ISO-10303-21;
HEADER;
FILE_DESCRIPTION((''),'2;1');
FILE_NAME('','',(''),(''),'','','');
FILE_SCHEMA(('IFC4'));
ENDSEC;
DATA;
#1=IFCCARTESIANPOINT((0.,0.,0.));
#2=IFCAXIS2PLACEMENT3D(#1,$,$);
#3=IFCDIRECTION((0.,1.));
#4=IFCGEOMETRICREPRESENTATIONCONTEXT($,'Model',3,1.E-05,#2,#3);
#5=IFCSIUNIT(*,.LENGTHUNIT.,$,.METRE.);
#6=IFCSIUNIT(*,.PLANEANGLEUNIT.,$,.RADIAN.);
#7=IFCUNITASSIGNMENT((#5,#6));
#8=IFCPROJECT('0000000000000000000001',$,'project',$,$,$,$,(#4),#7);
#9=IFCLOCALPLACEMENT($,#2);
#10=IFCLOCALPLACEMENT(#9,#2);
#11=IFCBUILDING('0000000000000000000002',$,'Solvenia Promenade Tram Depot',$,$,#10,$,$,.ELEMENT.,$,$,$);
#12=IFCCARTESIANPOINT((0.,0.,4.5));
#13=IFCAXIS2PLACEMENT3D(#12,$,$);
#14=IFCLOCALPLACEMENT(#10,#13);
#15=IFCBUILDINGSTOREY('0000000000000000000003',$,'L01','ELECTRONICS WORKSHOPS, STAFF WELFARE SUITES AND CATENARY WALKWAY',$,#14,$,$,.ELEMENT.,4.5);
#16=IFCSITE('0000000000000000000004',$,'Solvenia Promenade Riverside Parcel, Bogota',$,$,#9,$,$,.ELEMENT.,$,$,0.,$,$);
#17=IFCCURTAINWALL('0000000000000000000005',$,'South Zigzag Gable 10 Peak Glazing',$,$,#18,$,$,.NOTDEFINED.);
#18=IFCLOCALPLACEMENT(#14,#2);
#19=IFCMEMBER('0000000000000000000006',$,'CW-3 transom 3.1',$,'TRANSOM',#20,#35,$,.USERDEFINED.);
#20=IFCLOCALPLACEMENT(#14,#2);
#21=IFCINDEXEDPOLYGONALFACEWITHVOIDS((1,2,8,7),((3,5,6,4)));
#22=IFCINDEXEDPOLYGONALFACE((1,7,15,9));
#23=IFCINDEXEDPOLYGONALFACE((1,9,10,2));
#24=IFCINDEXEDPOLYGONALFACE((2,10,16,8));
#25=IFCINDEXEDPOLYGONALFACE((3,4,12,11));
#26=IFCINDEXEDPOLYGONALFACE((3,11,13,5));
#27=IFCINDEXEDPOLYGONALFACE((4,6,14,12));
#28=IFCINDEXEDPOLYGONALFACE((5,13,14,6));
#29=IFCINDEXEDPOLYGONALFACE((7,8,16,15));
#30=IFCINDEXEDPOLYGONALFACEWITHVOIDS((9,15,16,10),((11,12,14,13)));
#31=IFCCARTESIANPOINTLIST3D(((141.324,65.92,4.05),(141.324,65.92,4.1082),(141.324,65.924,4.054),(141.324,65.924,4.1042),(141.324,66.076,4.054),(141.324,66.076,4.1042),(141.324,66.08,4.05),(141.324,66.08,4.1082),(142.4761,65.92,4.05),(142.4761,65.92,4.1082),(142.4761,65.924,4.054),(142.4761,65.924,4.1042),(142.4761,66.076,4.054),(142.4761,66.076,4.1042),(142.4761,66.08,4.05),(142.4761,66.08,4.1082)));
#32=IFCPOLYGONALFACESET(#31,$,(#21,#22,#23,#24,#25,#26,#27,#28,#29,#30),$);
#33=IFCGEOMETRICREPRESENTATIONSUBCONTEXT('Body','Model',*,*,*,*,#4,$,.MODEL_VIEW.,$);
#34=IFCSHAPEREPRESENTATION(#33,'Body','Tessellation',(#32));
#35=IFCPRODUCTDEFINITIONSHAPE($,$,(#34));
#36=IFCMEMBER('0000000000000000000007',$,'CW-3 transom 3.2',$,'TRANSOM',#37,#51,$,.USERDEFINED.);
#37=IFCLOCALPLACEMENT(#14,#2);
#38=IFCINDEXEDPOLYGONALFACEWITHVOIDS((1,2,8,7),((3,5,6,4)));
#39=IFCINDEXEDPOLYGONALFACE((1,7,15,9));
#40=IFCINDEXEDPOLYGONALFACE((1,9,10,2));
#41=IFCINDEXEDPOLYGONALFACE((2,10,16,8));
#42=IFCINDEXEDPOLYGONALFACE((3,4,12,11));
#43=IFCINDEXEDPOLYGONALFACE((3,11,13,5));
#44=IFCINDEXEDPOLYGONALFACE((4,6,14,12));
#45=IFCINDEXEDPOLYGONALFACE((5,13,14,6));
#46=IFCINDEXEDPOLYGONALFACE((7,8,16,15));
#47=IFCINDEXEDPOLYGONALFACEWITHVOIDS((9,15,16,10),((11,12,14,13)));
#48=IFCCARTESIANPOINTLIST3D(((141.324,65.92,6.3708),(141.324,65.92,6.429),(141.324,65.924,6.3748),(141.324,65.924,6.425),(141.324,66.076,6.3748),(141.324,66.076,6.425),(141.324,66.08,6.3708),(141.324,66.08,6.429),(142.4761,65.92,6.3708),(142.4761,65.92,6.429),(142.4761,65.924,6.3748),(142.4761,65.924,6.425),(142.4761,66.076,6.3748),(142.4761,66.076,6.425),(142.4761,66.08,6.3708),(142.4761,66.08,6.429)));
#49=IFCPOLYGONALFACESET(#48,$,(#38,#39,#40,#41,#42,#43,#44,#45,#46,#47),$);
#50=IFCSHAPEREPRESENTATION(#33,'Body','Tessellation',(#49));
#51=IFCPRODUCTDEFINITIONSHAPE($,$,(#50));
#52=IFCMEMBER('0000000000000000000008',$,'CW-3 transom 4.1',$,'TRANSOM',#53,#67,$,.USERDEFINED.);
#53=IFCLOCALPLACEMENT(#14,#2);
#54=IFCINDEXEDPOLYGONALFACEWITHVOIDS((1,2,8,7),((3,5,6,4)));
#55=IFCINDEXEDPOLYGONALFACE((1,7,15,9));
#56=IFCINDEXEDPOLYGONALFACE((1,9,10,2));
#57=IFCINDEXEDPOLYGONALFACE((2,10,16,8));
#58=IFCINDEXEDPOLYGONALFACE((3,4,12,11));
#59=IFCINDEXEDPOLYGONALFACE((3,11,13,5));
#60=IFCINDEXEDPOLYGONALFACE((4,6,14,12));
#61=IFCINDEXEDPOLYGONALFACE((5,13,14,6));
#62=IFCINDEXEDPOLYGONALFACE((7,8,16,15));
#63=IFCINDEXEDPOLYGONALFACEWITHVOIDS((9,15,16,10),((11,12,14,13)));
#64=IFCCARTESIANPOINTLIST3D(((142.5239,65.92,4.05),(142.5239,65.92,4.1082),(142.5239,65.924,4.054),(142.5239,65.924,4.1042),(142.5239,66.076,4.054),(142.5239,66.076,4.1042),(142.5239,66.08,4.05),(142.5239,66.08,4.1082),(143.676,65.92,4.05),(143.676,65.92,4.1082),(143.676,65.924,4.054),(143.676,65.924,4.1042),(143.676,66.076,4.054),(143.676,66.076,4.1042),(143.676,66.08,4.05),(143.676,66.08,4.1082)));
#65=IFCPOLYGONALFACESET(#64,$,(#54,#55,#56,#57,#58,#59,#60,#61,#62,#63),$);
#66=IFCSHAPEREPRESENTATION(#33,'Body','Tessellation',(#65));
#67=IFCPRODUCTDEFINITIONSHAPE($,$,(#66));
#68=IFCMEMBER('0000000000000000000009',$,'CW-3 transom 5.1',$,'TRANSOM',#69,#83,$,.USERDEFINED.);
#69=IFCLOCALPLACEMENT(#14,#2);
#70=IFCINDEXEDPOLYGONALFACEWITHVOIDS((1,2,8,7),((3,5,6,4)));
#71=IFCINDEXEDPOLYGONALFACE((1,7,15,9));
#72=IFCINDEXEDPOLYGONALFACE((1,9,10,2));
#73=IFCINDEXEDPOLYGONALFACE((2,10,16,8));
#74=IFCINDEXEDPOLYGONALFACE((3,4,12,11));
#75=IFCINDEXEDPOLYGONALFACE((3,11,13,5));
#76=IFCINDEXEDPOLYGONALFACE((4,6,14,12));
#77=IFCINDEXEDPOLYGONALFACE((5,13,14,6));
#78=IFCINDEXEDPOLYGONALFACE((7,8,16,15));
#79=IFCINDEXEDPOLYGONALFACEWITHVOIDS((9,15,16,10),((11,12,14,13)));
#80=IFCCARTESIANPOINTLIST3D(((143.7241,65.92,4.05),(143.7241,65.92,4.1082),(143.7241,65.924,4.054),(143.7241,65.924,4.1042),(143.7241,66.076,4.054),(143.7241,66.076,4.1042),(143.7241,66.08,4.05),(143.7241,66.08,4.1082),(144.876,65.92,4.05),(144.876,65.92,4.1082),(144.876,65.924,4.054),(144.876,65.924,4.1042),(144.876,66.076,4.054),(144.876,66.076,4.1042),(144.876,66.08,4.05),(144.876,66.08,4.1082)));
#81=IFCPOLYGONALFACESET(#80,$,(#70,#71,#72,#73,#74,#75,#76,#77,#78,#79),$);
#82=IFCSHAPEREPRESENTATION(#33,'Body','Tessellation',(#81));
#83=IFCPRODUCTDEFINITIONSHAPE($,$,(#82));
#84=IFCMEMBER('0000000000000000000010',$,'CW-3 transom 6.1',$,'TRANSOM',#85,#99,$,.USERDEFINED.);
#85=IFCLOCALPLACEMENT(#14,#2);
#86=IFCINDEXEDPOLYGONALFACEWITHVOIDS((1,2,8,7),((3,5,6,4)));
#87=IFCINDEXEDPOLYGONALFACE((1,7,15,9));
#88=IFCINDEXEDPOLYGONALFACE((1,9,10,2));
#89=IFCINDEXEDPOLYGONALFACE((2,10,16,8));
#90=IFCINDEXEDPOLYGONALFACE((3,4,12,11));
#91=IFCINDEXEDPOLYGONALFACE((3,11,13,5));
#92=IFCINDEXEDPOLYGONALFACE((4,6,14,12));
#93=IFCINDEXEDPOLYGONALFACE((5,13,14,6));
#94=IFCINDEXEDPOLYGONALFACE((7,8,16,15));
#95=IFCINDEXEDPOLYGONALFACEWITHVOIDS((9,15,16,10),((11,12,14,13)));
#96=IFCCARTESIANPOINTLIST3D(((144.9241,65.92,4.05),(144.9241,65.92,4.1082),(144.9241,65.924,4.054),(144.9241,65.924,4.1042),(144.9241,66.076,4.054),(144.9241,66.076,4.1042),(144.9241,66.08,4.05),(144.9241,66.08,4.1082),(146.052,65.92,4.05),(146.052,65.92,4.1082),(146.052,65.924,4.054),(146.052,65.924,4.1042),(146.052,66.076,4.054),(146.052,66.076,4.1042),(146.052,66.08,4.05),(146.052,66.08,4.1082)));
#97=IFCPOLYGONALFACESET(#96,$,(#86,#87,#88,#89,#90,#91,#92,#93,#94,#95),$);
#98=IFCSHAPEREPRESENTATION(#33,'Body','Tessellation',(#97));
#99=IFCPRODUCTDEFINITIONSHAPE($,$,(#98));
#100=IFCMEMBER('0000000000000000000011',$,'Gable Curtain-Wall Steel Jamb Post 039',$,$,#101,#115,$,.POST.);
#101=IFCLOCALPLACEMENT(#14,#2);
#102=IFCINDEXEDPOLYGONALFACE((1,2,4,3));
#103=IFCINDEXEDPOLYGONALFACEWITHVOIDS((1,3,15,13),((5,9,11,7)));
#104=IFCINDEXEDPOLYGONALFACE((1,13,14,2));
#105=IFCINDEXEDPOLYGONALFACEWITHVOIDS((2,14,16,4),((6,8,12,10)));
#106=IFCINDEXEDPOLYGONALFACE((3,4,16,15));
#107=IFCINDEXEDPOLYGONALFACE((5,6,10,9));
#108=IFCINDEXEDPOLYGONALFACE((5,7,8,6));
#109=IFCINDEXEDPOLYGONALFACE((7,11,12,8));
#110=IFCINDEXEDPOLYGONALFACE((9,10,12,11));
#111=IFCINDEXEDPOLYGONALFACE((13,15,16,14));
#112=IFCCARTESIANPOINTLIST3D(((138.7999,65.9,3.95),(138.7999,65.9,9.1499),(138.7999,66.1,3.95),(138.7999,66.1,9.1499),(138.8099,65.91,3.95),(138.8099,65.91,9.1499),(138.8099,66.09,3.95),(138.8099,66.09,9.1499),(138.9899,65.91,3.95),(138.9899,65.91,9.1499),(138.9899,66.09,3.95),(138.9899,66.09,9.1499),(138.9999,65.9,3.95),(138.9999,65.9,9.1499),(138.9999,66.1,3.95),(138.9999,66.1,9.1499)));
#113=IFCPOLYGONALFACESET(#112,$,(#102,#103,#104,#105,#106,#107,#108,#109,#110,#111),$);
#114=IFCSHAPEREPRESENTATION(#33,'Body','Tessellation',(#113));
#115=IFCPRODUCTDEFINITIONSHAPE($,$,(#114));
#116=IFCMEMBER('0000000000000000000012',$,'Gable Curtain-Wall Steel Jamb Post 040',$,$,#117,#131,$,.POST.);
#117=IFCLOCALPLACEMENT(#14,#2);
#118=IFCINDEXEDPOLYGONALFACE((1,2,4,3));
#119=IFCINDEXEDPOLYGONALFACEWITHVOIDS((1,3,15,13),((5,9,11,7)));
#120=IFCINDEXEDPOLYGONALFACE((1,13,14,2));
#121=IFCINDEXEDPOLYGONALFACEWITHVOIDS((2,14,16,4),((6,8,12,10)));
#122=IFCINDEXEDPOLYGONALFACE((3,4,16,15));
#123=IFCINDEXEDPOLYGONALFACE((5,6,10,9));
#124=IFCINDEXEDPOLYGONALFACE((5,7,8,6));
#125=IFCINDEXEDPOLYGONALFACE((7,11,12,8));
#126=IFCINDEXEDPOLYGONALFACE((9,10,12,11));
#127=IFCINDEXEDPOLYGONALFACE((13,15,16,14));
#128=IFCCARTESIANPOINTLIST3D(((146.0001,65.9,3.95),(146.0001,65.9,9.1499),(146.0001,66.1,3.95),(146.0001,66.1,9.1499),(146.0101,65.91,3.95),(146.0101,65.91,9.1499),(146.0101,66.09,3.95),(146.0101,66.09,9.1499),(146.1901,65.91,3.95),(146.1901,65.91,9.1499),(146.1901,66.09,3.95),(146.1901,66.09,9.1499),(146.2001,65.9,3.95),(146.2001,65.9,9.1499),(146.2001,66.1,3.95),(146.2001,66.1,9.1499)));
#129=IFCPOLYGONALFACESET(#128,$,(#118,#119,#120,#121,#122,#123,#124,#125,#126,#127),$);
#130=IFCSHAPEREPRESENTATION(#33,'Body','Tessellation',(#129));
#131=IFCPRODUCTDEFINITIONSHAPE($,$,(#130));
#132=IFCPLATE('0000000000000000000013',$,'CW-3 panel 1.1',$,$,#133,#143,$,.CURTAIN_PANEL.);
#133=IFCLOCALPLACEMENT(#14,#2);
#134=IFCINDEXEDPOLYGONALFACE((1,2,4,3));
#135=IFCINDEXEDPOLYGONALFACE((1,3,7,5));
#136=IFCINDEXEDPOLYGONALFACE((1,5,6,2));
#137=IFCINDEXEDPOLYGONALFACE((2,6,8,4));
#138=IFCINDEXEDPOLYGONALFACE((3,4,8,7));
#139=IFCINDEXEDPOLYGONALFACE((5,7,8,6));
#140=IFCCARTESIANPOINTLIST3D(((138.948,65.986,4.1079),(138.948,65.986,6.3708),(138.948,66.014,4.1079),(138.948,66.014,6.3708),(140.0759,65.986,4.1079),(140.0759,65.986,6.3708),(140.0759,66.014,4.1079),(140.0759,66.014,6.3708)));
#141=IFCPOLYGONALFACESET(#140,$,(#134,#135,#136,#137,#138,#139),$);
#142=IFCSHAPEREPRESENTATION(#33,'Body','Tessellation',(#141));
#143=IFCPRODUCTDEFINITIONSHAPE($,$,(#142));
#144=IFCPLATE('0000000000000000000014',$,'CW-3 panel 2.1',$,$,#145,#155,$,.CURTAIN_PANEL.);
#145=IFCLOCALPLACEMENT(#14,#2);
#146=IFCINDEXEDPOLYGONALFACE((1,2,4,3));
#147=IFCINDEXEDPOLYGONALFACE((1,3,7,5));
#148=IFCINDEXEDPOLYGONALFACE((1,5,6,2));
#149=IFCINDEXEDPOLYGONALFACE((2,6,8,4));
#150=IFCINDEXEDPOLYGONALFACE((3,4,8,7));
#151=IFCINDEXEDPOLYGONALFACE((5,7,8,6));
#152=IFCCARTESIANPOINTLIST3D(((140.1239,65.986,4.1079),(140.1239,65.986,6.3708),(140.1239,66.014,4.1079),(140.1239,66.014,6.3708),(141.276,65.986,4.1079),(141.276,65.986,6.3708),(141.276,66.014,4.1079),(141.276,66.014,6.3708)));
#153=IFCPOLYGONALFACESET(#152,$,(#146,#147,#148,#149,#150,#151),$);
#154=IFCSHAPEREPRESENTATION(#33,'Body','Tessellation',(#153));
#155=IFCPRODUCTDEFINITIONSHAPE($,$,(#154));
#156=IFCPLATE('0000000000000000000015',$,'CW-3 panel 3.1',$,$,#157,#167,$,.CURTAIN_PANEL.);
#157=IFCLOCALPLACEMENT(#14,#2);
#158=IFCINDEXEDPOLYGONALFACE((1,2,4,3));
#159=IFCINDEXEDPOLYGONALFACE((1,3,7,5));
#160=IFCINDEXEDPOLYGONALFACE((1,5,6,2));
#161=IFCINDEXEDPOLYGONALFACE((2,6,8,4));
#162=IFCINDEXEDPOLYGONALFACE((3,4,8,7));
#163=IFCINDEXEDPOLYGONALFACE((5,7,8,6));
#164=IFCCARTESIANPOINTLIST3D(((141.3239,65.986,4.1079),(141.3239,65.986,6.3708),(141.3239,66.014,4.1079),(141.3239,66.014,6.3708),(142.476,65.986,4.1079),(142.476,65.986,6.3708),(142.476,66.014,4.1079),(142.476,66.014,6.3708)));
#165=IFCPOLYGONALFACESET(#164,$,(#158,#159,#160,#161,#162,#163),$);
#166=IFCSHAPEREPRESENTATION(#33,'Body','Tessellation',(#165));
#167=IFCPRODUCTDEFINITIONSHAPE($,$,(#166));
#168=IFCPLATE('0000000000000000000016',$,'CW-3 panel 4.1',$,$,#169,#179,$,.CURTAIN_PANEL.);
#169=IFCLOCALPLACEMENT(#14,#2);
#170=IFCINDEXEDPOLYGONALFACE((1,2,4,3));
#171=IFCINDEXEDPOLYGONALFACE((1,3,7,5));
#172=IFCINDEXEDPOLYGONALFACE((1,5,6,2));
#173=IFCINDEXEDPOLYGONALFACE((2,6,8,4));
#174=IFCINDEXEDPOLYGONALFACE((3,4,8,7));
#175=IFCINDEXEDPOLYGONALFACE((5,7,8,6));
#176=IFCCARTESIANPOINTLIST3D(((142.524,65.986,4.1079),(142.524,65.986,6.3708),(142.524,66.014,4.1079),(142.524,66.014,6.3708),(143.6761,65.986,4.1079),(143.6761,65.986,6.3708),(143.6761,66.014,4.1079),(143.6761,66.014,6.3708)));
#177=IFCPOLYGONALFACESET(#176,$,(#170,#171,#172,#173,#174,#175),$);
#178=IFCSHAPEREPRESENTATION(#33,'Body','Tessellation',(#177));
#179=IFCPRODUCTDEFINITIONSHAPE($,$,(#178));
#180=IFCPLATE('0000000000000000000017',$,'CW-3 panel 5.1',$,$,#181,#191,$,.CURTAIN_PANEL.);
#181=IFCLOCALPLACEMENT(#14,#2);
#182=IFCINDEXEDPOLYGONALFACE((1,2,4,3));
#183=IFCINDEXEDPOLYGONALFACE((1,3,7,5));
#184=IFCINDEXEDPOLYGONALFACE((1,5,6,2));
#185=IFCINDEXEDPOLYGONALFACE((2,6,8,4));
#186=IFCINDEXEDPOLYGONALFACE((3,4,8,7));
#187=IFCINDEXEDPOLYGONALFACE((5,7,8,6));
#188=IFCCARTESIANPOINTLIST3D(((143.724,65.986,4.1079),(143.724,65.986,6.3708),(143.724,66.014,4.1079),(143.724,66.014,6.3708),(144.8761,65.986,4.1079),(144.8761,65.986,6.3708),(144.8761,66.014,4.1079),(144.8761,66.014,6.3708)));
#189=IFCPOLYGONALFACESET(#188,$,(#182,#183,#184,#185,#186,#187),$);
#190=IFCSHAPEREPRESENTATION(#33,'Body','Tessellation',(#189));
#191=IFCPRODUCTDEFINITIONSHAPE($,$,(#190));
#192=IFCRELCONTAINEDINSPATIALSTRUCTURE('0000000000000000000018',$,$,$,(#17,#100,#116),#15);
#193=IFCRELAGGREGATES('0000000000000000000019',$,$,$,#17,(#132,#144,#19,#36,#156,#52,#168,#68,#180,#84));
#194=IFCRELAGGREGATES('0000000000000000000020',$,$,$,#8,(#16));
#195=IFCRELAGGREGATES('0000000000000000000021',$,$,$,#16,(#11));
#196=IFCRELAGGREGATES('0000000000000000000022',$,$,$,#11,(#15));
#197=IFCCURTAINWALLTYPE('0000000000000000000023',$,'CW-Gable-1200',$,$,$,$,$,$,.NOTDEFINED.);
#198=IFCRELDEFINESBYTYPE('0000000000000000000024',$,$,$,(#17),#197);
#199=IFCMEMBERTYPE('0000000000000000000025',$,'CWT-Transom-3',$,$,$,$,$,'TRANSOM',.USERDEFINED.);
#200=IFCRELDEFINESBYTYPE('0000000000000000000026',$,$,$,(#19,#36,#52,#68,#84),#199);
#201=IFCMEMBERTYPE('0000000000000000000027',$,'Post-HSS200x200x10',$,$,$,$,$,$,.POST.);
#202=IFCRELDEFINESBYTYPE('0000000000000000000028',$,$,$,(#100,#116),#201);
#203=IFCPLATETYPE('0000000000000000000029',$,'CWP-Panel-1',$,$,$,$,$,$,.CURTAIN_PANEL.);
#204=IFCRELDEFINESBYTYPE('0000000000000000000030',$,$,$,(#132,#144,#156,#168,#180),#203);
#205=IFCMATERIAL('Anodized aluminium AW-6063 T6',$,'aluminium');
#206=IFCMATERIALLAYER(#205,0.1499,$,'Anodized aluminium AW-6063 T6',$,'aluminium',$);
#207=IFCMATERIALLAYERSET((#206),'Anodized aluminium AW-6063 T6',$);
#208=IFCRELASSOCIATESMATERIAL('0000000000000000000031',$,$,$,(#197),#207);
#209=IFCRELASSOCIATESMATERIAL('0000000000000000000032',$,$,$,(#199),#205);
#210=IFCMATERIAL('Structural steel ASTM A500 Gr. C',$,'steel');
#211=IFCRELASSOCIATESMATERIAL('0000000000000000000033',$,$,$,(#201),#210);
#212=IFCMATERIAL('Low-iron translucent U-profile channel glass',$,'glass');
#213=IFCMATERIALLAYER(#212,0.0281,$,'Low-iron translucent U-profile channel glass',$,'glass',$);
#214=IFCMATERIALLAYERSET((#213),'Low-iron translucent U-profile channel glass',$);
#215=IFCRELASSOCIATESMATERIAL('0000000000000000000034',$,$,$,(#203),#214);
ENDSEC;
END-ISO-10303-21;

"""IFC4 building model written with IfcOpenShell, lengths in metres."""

from ifc_helpers import new_model, si_unit, direction, frame, origin, origin_2d, place, context, subcontext, project, spatial, rectangle, hollow_rectangle, extrude, material, layer, layer_set, material_profile, profile_set, type_object, element, aggregate, save


model = new_model("IFC4")

# Units and contexts
model_context = context("Model", 3, precision=1e-05, world=origin(), true_north=direction((0.0, 1.0)))
body_context = subcontext(model_context, "Body", "Model", "MODEL_VIEW")
ifc_project = project(units=[si_unit("LENGTHUNIT", "METRE"), si_unit("PLANEANGLEUNIT", "RADIAN")], contexts=[model_context])

# Site, building, storey
site_placement = place(None, origin())
site = spatial("IfcSite", under=ifc_project, at=site_placement, Name="Solvenia Promenade Riverside Parcel, Bogota", CompositionType="ELEMENT", RefElevation=0.0)
building_placement = place(site_placement, origin())
building = spatial("IfcBuilding", under=site, at=building_placement, Name="Solvenia Promenade Tram Depot", CompositionType="ELEMENT")
storey_placement = place(building_placement, frame((0.0, 0.0, 4.5)))
storey = spatial("IfcBuildingStorey", under=building, at=storey_placement, Name="L01", Description="ELECTRONICS WORKSHOPS, STAFF WELFARE SUITES AND CATENARY WALKWAY", CompositionType="ELEMENT", Elevation=4.5)

# Curtain wall, members
ifc_material_1 = material(Name="Anodized aluminium AW-6063 T6", Category="aluminium")
ifc_layer_1 = layer(ifc_material_1, 0.1499, Name="Anodized aluminium AW-6063 T6", Category="aluminium")
ifc_layer_set_1 = layer_set([ifc_layer_1], Name="Anodized aluminium AW-6063 T6")
curtain_wall_type = type_object("IfcCurtainWallType", Name="CW-Gable-1200", PredefinedType="NOTDEFINED", material=ifc_layer_set_1)
curtain_wall_placement = place(storey_placement, origin())
curtain_wall = element("IfcCurtainWall", 1, at=curtain_wall_placement, inside=storey, type_object=curtain_wall_type, Name="South Zigzag Gable 10 Peak Glazing", PredefinedType="NOTDEFINED")
ifc_material_profile_1 = material_profile(ifc_material_1, hollow_rectangle(XDim=0.1599, YDim=0.0581, WallThickness=0.0039, at=origin_2d()), Name="ALU-T3", Category="aluminium")
ifc_profile_set_1 = profile_set([ifc_material_profile_1], Name="Anodized aluminium AW-6063 T6")
member_type_1 = type_object("IfcMemberType", Name="CWT-Transom-3", ElementType="TRANSOM", PredefinedType="USERDEFINED", material=ifc_profile_set_1)
member_1_placement = place(storey_placement, frame((141.324, 66.0, 4.0791), z_axis=(1.0, 0.0, 0.0), x_axis=(0.0, 1.0, 0.0)))
member_1 = element("IfcMember", 2, at=member_1_placement, type_object=member_type_1, Name="CW-3 transom 3.1", ObjectType="TRANSOM", PredefinedType="USERDEFINED", context=body_context, shape_type="SweptSolid", body=[
    extrude(hollow_rectangle(XDim=0.1599, YDim=0.0581, WallThickness=0.0039, at=origin_2d()), origin(), (0.0, 0.0, 1.0), 1.1521),
])
member_2_placement = place(storey_placement, frame((141.324, 66.0, 6.3999), z_axis=(1.0, 0.0, 0.0), x_axis=(0.0, 1.0, 0.0)))
member_2 = element("IfcMember", 3, at=member_2_placement, type_object=member_type_1, Name="CW-3 transom 3.2", ObjectType="TRANSOM", PredefinedType="USERDEFINED", context=body_context, shape_type="SweptSolid", body=[
    extrude(hollow_rectangle(XDim=0.1599, YDim=0.0581, WallThickness=0.0039, at=origin_2d()), origin(), (0.0, 0.0, 1.0), 1.1521),
])
member_3_placement = place(storey_placement, frame((142.5239, 66.0, 4.0791), z_axis=(1.0, 0.0, 0.0), x_axis=(0.0, 1.0, 0.0)))
member_3 = element("IfcMember", 4, at=member_3_placement, type_object=member_type_1, Name="CW-3 transom 4.1", ObjectType="TRANSOM", PredefinedType="USERDEFINED", context=body_context, shape_type="SweptSolid", body=[
    extrude(hollow_rectangle(XDim=0.1599, YDim=0.0581, WallThickness=0.0039, at=origin_2d()), origin(), (0.0, 0.0, 1.0), 1.1521),
])
member_4_placement = place(storey_placement, frame((143.7241, 66.0, 4.0791), z_axis=(1.0, 0.0, 0.0), x_axis=(0.0, 1.0, 0.0)))
member_4 = element("IfcMember", 5, at=member_4_placement, type_object=member_type_1, Name="CW-3 transom 5.1", ObjectType="TRANSOM", PredefinedType="USERDEFINED", context=body_context, shape_type="SweptSolid", body=[
    extrude(hollow_rectangle(XDim=0.1599, YDim=0.0581, WallThickness=0.0039, at=origin_2d()), origin(), (0.0, 0.0, 1.0), 1.1519),
])
member_5_placement = place(storey_placement, frame((144.9241, 66.0, 4.0791), z_axis=(1.0, 0.0, 0.0), x_axis=(0.0, 1.0, 0.0)))
member_5 = element("IfcMember", 6, at=member_5_placement, type_object=member_type_1, Name="CW-3 transom 6.1", ObjectType="TRANSOM", PredefinedType="USERDEFINED", context=body_context, shape_type="SweptSolid", body=[
    extrude(hollow_rectangle(XDim=0.1599, YDim=0.0581, WallThickness=0.0039, at=origin_2d()), origin(), (0.0, 0.0, 1.0), 1.1279),
])

# Members
ifc_material_2 = material(Name="Structural steel ASTM A500 Gr. C", Category="steel")
ifc_material_profile_2 = material_profile(ifc_material_2, hollow_rectangle(XDim=0.2, YDim=0.2, WallThickness=0.01, at=origin_2d()), Name="HSS200x200x10", Category="steel")
ifc_profile_set_2 = profile_set([ifc_material_profile_2], Name="Structural steel ASTM A500 Gr. C")
member_type_2 = type_object("IfcMemberType", Name="Post-HSS200x200x10", PredefinedType="POST", material=ifc_profile_set_2)
for number, where, z_axis, x_axis, name in (
    (7, (138.8999, 66.0, 3.95), (0.0, 0.0, 1.0), (1.0, 0.0, 0.0), "Gable Curtain-Wall Steel Jamb Post 039"),
    (8, (146.1001, 66.0, 3.95), (0.0, 0.0, 1.0), (1.0, 0.0, 0.0), "Gable Curtain-Wall Steel Jamb Post 040"),
):
    element("IfcMember", number, at=place(storey_placement, frame(where, z_axis=z_axis, x_axis=x_axis)), inside=storey, type_object=member_type_2, Name=name, PredefinedType="POST", context=body_context, shape_type="SweptSolid", body=[
        extrude(hollow_rectangle(XDim=0.2, YDim=0.2, WallThickness=0.01, at=origin_2d()), origin(), (0.0, 0.0, 1.0), 5.2),
    ])

# Plates
ifc_material_3 = material(Name="Low-iron translucent U-profile channel glass", Category="glass")
ifc_layer_2 = layer(ifc_material_3, 0.0281, Name="Low-iron translucent U-profile channel glass", Category="glass")
ifc_layer_set_2 = layer_set([ifc_layer_2], Name="Low-iron translucent U-profile channel glass")
plate_type_1 = type_object("IfcPlateType", Name="CWP-Panel-1", PredefinedType="CURTAIN_PANEL", material=ifc_layer_set_2)
plate_1_placement = place(storey_placement, frame((139.512, 66.0, 4.1079), z_axis=(0.0, 0.0, 1.0), x_axis=(1.0, 0.0, 0.0)))
plate_1 = element("IfcPlate", 9, at=plate_1_placement, type_object=plate_type_1, Name="CW-3 panel 1.1", PredefinedType="CURTAIN_PANEL", context=body_context, shape_type="SweptSolid", body=[
    extrude(rectangle(XDim=1.1279, YDim=0.0281, at=origin_2d()), origin(), (0.0, 0.0, 1.0), 2.2629),
])
plate_2_placement = place(storey_placement, frame((140.7, 66.0, 4.1079), z_axis=(0.0, 0.0, 1.0), x_axis=(1.0, 0.0, 0.0)))
plate_2 = element("IfcPlate", 10, at=plate_2_placement, type_object=plate_type_1, Name="CW-3 panel 2.1", PredefinedType="CURTAIN_PANEL", context=body_context, shape_type="SweptSolid", body=[
    extrude(rectangle(XDim=1.1521, YDim=0.0281, at=origin_2d()), origin(), (0.0, 0.0, 1.0), 2.2629),
])
plate_3_placement = place(storey_placement, frame((141.8999, 66.0, 4.1079), z_axis=(0.0, 0.0, 1.0), x_axis=(1.0, 0.0, 0.0)))
plate_3 = element("IfcPlate", 11, at=plate_3_placement, type_object=plate_type_1, Name="CW-3 panel 3.1", PredefinedType="CURTAIN_PANEL", context=body_context, shape_type="SweptSolid", body=[
    extrude(rectangle(XDim=1.1521, YDim=0.0281, at=origin_2d()), origin(), (0.0, 0.0, 1.0), 2.2629),
])
plate_4_placement = place(storey_placement, frame((143.1001, 66.0, 4.1079), z_axis=(0.0, 0.0, 1.0), x_axis=(1.0, 0.0, 0.0)))
plate_4 = element("IfcPlate", 12, at=plate_4_placement, type_object=plate_type_1, Name="CW-3 panel 4.1", PredefinedType="CURTAIN_PANEL", context=body_context, shape_type="SweptSolid", body=[
    extrude(rectangle(XDim=1.1521, YDim=0.0281, at=origin_2d()), origin(), (0.0, 0.0, 1.0), 2.2629),
])
plate_5_placement = place(storey_placement, frame((144.3, 66.0, 4.1079), z_axis=(0.0, 0.0, 1.0), x_axis=(1.0, 0.0, 0.0)))
plate_5 = element("IfcPlate", 13, at=plate_5_placement, type_object=plate_type_1, Name="CW-3 panel 5.1", PredefinedType="CURTAIN_PANEL", context=body_context, shape_type="SweptSolid", body=[
    extrude(rectangle(XDim=1.1521, YDim=0.0281, at=origin_2d()), origin(), (0.0, 0.0, 1.0), 2.2629),
])
aggregate(curtain_wall, [plate_1, plate_2, member_1, member_2, plate_3, member_3, plate_4, member_4, plate_5, member_5])

save(model, "model.ifc")
